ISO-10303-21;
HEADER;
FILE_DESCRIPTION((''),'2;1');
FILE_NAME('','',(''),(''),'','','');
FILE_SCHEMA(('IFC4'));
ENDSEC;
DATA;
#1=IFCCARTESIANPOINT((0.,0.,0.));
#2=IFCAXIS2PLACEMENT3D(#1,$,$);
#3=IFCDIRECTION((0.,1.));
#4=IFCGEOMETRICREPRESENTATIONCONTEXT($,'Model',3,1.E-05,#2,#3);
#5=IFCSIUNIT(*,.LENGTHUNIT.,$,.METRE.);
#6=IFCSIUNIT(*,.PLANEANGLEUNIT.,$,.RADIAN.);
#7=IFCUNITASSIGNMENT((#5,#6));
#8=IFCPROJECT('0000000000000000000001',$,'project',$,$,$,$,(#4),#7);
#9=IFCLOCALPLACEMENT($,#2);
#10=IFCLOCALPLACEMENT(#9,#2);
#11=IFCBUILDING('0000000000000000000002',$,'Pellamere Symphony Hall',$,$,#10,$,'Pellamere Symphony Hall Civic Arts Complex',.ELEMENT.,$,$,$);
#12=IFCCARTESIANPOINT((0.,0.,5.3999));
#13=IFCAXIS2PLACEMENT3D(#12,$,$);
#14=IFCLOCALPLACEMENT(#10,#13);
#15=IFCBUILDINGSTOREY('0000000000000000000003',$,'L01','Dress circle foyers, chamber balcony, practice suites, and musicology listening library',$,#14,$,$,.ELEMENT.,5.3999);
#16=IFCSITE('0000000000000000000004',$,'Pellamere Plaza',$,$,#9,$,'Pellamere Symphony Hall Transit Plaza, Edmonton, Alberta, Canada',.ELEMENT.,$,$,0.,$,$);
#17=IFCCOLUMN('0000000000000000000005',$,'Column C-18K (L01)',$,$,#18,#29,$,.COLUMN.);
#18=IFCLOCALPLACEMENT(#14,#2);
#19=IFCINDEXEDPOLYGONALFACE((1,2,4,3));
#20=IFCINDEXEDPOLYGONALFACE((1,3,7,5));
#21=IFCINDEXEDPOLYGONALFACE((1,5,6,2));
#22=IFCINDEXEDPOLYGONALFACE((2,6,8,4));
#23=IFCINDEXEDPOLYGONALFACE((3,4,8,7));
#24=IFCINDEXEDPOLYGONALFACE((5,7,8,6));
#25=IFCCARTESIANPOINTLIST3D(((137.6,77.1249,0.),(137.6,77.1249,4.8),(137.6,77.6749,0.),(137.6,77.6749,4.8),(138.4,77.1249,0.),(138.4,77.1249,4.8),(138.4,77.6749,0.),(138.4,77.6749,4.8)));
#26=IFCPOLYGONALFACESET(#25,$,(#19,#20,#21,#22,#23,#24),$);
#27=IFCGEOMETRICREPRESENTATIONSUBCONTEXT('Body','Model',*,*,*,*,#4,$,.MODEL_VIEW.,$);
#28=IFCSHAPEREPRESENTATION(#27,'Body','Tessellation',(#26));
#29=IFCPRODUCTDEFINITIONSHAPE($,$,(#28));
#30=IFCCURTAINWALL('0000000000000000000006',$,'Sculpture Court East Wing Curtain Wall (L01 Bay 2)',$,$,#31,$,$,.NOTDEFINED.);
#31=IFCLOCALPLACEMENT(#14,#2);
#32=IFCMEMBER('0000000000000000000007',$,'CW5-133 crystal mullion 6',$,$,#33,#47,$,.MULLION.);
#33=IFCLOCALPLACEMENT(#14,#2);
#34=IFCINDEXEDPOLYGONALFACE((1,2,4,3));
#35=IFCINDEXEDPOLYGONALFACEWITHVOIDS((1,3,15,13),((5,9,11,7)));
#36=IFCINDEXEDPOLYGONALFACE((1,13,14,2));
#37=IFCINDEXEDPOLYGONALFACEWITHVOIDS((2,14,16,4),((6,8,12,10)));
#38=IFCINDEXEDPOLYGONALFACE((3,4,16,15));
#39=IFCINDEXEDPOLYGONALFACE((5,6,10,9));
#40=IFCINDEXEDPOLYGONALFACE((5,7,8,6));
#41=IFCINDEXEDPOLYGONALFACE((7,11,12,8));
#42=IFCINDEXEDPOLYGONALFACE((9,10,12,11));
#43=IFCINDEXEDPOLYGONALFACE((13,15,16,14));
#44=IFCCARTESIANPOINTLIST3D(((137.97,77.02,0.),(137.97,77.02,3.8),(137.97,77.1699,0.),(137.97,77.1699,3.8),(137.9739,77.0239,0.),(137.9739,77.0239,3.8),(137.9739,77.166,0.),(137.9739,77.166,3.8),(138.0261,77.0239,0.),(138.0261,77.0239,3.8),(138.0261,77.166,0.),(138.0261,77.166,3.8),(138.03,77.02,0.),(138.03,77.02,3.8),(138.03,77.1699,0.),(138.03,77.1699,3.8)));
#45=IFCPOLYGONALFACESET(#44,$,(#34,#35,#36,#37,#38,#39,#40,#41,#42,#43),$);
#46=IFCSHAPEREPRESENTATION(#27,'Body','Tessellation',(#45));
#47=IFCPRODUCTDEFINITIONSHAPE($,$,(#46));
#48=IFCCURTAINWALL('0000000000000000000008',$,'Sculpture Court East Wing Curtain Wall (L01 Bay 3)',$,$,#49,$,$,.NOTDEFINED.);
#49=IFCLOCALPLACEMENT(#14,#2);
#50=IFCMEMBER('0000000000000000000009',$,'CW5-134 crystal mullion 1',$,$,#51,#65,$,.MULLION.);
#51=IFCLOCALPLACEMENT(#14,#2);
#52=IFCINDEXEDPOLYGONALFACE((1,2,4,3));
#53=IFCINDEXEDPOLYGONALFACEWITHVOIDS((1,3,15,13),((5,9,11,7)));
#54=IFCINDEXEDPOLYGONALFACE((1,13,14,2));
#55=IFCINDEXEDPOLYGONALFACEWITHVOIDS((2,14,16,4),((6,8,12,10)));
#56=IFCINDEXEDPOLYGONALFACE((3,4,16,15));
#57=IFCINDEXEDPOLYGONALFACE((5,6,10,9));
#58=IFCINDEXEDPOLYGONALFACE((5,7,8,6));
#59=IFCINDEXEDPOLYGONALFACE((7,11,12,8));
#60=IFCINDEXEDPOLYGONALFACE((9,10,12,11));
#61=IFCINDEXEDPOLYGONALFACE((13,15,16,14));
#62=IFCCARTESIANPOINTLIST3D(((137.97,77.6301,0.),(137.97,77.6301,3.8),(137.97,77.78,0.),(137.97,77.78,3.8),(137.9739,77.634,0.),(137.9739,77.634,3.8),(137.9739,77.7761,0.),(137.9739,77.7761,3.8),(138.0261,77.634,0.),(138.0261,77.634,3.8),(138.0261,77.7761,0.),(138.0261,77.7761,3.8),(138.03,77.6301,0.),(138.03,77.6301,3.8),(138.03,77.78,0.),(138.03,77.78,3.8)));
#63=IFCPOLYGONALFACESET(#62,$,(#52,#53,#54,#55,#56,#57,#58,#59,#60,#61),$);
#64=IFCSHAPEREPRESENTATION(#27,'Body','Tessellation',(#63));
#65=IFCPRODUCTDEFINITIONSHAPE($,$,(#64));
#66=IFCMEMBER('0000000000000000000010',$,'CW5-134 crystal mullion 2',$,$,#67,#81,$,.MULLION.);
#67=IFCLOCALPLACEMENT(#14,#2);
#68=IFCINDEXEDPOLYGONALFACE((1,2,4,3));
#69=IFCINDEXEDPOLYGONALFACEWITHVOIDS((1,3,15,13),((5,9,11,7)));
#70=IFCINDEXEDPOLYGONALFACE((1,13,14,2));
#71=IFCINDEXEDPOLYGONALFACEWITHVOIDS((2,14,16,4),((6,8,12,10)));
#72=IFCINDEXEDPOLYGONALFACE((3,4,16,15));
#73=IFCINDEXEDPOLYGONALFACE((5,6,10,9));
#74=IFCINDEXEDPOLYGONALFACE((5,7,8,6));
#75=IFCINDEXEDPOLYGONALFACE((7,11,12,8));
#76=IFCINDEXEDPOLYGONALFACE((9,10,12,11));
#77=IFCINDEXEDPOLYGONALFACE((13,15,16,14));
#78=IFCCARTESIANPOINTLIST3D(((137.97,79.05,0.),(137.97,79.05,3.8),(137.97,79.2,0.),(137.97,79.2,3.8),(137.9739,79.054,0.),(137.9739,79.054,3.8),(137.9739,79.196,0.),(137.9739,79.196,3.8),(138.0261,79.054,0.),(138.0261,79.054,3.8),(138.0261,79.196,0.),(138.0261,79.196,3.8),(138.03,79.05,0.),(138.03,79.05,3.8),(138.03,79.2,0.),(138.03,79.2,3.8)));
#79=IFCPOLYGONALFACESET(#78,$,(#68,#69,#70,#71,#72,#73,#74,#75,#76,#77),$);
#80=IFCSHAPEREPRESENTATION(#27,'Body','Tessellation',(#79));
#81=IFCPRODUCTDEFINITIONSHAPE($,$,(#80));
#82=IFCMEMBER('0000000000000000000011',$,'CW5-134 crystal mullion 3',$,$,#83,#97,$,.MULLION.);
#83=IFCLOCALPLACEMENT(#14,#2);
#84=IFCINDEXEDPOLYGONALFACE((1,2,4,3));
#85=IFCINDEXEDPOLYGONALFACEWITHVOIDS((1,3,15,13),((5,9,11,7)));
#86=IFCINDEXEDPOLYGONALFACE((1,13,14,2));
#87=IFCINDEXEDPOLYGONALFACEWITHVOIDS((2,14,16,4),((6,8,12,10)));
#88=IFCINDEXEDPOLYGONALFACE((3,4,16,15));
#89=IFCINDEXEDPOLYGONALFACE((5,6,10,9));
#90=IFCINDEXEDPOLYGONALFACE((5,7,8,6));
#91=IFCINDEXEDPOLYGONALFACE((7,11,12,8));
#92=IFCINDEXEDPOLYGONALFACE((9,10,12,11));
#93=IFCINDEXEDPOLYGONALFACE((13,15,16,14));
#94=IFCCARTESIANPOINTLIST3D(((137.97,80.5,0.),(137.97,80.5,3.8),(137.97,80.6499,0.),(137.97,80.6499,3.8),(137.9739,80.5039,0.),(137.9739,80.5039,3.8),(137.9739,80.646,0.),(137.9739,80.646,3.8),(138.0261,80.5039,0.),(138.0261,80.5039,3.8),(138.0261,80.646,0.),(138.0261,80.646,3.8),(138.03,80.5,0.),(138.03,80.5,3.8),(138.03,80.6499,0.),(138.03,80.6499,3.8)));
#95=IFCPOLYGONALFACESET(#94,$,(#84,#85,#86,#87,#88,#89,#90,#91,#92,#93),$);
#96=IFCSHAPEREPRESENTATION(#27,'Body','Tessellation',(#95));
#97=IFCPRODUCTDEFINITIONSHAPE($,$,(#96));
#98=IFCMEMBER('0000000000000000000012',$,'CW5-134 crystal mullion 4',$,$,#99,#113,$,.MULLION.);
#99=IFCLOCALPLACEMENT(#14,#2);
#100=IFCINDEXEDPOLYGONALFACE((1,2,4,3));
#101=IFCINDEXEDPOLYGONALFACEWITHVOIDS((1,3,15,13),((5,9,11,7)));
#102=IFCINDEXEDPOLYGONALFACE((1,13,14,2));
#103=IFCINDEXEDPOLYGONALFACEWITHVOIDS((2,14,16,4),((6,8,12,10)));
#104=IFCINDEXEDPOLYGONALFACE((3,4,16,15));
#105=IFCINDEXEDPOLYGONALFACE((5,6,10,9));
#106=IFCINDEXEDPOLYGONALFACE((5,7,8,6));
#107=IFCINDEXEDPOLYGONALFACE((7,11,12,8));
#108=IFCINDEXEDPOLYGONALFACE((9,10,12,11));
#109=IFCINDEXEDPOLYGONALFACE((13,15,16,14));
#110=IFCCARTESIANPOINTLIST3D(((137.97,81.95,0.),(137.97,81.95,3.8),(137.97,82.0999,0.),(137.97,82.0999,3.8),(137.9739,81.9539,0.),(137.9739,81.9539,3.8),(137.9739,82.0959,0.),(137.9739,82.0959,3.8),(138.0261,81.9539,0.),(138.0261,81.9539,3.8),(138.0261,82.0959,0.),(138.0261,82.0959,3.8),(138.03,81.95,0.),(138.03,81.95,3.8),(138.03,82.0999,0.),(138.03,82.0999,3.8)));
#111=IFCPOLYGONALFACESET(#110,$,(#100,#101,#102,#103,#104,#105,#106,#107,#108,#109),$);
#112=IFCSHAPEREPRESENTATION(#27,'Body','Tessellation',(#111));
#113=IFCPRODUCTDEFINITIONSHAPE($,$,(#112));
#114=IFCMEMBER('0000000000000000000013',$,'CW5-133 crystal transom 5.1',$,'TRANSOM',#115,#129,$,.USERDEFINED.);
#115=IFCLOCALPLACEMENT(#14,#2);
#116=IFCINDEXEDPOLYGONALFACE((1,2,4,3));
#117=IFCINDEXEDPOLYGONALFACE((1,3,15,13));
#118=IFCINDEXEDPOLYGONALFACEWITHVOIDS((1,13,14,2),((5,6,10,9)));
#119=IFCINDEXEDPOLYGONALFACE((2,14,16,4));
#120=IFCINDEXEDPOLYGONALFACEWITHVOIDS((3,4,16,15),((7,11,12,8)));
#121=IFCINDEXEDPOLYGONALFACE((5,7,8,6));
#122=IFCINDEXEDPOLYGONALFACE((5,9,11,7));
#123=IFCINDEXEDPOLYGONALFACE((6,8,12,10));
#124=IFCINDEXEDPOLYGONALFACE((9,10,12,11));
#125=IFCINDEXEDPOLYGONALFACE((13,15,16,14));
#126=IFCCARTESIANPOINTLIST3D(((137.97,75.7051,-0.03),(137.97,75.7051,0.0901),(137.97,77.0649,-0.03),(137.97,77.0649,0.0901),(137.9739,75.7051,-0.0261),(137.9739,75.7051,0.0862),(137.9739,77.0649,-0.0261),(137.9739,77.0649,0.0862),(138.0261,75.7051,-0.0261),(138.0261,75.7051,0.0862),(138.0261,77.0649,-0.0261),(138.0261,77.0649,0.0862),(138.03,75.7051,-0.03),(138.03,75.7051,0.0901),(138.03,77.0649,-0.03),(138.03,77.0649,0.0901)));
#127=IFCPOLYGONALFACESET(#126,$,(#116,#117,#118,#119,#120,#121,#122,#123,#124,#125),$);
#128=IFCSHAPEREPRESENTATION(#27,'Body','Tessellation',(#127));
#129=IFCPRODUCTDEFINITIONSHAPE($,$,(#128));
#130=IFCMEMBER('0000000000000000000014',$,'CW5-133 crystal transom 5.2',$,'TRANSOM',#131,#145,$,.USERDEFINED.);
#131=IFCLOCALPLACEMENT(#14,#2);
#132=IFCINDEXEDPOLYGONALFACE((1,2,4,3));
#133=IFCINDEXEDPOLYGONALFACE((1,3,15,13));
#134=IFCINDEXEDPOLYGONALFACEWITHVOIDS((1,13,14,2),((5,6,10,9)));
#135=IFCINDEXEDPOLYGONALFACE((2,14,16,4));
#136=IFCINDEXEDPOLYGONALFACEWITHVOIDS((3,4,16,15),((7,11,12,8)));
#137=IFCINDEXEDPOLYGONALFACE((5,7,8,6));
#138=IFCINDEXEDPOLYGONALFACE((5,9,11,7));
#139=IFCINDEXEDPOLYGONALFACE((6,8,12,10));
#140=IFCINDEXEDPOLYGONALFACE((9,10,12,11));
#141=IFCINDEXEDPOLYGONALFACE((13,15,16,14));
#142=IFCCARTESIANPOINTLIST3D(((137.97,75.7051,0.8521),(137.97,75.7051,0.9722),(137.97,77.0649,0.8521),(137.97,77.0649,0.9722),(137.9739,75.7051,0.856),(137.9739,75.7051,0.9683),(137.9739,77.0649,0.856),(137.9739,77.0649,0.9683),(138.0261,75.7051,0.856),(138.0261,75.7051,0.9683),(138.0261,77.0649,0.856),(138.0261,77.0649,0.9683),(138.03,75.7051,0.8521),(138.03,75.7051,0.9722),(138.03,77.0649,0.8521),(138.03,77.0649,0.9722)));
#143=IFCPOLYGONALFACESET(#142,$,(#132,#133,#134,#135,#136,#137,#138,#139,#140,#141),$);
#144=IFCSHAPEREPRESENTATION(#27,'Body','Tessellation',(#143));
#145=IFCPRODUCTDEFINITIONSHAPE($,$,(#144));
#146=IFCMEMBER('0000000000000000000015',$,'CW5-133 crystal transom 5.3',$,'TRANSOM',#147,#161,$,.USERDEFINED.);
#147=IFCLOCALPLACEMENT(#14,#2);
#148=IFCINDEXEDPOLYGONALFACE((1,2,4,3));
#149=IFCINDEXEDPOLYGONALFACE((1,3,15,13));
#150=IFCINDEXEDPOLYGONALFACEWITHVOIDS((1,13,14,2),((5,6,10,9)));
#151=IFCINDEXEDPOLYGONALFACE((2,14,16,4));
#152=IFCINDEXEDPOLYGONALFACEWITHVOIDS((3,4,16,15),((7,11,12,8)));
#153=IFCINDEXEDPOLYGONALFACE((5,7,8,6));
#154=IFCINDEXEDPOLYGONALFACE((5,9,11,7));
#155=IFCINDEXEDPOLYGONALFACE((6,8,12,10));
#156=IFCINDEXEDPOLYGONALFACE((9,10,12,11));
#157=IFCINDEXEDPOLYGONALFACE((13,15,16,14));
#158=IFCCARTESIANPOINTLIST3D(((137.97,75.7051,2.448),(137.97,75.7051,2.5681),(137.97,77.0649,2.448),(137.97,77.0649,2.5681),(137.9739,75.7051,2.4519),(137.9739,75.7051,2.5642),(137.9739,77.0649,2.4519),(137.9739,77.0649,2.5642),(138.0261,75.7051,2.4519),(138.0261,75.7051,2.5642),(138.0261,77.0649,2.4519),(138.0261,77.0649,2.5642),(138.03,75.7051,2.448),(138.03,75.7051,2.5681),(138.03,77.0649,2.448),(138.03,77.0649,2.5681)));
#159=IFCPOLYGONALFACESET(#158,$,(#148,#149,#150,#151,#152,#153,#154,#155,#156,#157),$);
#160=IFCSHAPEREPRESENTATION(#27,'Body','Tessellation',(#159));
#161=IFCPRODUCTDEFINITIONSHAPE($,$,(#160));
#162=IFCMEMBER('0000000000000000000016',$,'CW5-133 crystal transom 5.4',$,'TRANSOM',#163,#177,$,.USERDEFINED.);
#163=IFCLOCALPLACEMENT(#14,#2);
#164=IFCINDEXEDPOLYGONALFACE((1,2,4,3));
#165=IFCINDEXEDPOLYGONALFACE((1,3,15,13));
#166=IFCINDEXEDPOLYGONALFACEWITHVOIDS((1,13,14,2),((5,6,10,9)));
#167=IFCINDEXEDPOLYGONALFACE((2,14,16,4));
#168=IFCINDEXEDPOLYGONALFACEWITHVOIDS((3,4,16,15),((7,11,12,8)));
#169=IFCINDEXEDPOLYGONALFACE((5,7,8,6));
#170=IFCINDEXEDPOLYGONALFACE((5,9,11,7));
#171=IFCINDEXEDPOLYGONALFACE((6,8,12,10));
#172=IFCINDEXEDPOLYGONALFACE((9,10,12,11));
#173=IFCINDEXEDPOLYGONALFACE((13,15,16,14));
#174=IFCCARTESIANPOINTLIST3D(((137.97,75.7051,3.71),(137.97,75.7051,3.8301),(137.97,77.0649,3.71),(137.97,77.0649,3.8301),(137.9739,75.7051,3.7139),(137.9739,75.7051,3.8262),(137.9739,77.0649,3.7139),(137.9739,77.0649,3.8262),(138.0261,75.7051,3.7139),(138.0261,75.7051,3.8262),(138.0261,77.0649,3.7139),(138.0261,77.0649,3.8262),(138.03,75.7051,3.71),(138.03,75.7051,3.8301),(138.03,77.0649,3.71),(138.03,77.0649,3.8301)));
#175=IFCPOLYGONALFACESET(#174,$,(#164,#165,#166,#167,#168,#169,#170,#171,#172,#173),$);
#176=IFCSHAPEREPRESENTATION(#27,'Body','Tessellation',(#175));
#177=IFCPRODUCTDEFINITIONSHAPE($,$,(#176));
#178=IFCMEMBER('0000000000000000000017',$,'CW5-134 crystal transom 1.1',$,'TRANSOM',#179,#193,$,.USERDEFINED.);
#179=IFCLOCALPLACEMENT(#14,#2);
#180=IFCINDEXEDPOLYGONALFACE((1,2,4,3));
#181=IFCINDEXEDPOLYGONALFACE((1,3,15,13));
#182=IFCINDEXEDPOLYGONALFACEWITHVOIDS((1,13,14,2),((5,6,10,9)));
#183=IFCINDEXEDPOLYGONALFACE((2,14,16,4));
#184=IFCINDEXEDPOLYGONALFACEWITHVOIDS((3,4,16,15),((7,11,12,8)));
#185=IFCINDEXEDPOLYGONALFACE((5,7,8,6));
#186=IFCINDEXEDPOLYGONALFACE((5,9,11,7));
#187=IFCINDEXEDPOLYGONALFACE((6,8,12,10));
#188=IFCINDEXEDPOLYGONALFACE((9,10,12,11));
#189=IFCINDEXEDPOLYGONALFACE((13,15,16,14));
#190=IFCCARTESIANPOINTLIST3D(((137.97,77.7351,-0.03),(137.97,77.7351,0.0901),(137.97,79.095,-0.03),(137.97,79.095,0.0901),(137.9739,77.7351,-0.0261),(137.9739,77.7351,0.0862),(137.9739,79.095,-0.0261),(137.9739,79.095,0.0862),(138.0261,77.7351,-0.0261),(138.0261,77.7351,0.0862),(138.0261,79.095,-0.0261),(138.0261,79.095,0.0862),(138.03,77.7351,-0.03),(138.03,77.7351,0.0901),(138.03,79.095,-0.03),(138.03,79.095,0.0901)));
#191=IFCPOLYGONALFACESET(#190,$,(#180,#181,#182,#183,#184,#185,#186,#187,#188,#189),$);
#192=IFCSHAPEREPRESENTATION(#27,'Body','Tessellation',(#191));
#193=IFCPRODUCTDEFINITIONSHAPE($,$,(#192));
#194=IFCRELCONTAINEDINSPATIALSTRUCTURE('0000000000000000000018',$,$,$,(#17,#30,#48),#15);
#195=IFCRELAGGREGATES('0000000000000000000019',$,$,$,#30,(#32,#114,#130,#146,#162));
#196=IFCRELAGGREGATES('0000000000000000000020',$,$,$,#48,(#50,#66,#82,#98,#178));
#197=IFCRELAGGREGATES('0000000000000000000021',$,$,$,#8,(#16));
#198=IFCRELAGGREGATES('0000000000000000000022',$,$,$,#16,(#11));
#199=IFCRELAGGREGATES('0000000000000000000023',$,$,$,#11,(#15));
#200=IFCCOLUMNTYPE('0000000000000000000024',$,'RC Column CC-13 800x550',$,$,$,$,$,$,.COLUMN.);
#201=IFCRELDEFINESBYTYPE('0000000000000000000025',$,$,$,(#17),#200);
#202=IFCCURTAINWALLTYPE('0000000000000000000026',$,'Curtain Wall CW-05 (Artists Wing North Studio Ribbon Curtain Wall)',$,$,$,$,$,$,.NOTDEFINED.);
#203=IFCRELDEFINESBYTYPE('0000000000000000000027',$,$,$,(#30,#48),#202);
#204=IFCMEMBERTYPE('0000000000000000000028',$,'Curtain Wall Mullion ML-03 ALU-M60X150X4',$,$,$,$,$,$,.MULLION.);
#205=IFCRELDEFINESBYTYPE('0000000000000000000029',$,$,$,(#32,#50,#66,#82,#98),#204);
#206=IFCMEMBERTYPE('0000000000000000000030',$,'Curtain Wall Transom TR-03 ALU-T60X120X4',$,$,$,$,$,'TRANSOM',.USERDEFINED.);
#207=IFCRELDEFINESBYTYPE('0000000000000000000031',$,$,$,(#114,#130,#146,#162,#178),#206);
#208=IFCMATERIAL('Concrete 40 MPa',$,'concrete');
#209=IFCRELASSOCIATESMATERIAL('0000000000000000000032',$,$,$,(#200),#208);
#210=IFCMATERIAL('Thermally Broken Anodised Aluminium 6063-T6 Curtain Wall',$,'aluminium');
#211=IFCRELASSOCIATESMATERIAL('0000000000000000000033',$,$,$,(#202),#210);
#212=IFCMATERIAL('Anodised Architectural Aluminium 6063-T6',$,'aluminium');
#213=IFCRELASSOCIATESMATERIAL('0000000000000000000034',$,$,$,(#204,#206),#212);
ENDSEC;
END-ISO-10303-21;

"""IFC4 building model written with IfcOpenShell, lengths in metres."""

from ifc_helpers import new_model, si_unit, direction, frame, origin, origin_2d, place, context, subcontext, project, spatial, rectangle, hollow_rectangle, extrude, material, material_profile, profile_set, type_object, element, aggregate, save


model = new_model("IFC4")

# Units and contexts
model_context = context("Model", 3, precision=1e-05, world=origin(), true_north=direction((0.0, 1.0)))
body_context = subcontext(model_context, "Body", "Model", "MODEL_VIEW")
ifc_project = project(units=[si_unit("LENGTHUNIT", "METRE"), si_unit("PLANEANGLEUNIT", "RADIAN")], contexts=[model_context])

# Site, building, storey
site_placement = place(None, origin())
site = spatial("IfcSite", under=ifc_project, at=site_placement, Name="Pellamere Plaza", LongName="Pellamere Symphony Hall Transit Plaza, Edmonton, Alberta, Canada", CompositionType="ELEMENT", RefElevation=0.0)
building_placement = place(site_placement, origin())
building = spatial("IfcBuilding", under=site, at=building_placement, Name="Pellamere Symphony Hall", LongName="Pellamere Symphony Hall Civic Arts Complex", CompositionType="ELEMENT")
storey_placement = place(building_placement, frame((0.0, 0.0, 5.3999)))
storey = spatial("IfcBuildingStorey", under=building, at=storey_placement, Name="L01", Description="Dress circle foyers, chamber balcony, practice suites, and musicology listening library", CompositionType="ELEMENT", Elevation=5.3999)

# Column
ifc_material_1 = material(Name="Concrete 40 MPa", Category="concrete")
ifc_material_profile_1 = material_profile(ifc_material_1, rectangle(XDim=0.8, YDim=0.55, at=origin_2d()), Name="RC 800x550")
ifc_profile_set_1 = profile_set([ifc_material_profile_1], Name="Concrete 40 MPa")
column_type = type_object("IfcColumnType", Name="RC Column CC-13 800x550", PredefinedType="COLUMN", material=ifc_profile_set_1)
column_placement = place(storey_placement, frame((138.0, 77.3999, 0.0), z_axis=(0.0, 0.0, 1.0), x_axis=(1.0, 0.0, 0.0)))
element("IfcColumn", 1, at=column_placement, inside=storey, type_object=column_type, Name="Column C-18K (L01)", PredefinedType="COLUMN", context=body_context, shape_type="SweptSolid", body=[
    extrude(rectangle(XDim=0.8, YDim=0.55, at=origin_2d()), origin(), (0.0, 0.0, 1.0), 4.8),
])

# Curtain wall, member
ifc_material_2 = material(Name="Thermally Broken Anodised Aluminium 6063-T6 Curtain Wall", Category="aluminium")
curtain_wall_type = type_object("IfcCurtainWallType", Name="Curtain Wall CW-05 (Artists Wing North Studio Ribbon Curtain Wall)", PredefinedType="NOTDEFINED", material=ifc_material_2)
curtain_wall_1_placement = place(storey_placement, origin())
curtain_wall_1 = element("IfcCurtainWall", 2, at=curtain_wall_1_placement, inside=storey, type_object=curtain_wall_type, Name="Sculpture Court East Wing Curtain Wall (L01 Bay 2)", PredefinedType="NOTDEFINED")
ifc_material_3 = material(Name="Anodised Architectural Aluminium 6063-T6", Category="aluminium")
ifc_material_profile_2 = material_profile(ifc_material_3, hollow_rectangle(XDim=0.0601, YDim=0.1499, WallThickness=0.0039, at=origin_2d()), Name="ALU-M60X150X4")
ifc_profile_set_2 = profile_set([ifc_material_profile_2], Name="Anodised Architectural Aluminium 6063-T6")
member_type_1 = type_object("IfcMemberType", Name="Curtain Wall Mullion ML-03 ALU-M60X150X4", PredefinedType="MULLION", material=ifc_profile_set_2)
member_1_placement = place(storey_placement, frame((138.0, 77.095, 0.0), z_axis=(0.0, 0.0, 1.0), x_axis=(-1.0, 0.0, 0.0)))
member_1 = element("IfcMember", 3, at=member_1_placement, type_object=member_type_1, Name="CW5-133 crystal mullion 6", PredefinedType="MULLION", context=body_context, shape_type="SweptSolid", body=[
    extrude(hollow_rectangle(XDim=0.0601, YDim=0.1499, WallThickness=0.0039, at=origin_2d()), origin(), (0.0, 0.0, 1.0), 3.8),
])

# Curtain wall, members
curtain_wall_2_placement = place(storey_placement, origin())
curtain_wall_2 = element("IfcCurtainWall", 4, at=curtain_wall_2_placement, inside=storey, type_object=curtain_wall_type, Name="Sculpture Court East Wing Curtain Wall (L01 Bay 3)", PredefinedType="NOTDEFINED")
member_2_placement = place(storey_placement, frame((138.0, 77.7051, 0.0), z_axis=(0.0, 0.0, 1.0), x_axis=(-1.0, 0.0, 0.0)))
member_2 = element("IfcMember", 5, at=member_2_placement, type_object=member_type_1, Name="CW5-134 crystal mullion 1", PredefinedType="MULLION", context=body_context, shape_type="SweptSolid", body=[
    extrude(hollow_rectangle(XDim=0.0601, YDim=0.1499, WallThickness=0.0039, at=origin_2d()), origin(), (0.0, 0.0, 1.0), 3.8),
])
member_3_placement = place(storey_placement, frame((138.0, 79.125, 0.0), z_axis=(0.0, 0.0, 1.0), x_axis=(-1.0, 0.0, 0.0)))
member_3 = element("IfcMember", 6, at=member_3_placement, type_object=member_type_1, Name="CW5-134 crystal mullion 2", PredefinedType="MULLION", context=body_context, shape_type="SweptSolid", body=[
    extrude(hollow_rectangle(XDim=0.0601, YDim=0.1499, WallThickness=0.0039, at=origin_2d()), origin(), (0.0, 0.0, 1.0), 3.8),
])
member_4_placement = place(storey_placement, frame((138.0, 80.575, 0.0), z_axis=(0.0, 0.0, 1.0), x_axis=(-1.0, 0.0, 0.0)))
member_4 = element("IfcMember", 7, at=member_4_placement, type_object=member_type_1, Name="CW5-134 crystal mullion 3", PredefinedType="MULLION", context=body_context, shape_type="SweptSolid", body=[
    extrude(hollow_rectangle(XDim=0.0601, YDim=0.1499, WallThickness=0.0039, at=origin_2d()), origin(), (0.0, 0.0, 1.0), 3.8),
])
member_5_placement = place(storey_placement, frame((138.0, 82.0249, 0.0), z_axis=(0.0, 0.0, 1.0), x_axis=(-1.0, 0.0, 0.0)))
member_5 = element("IfcMember", 8, at=member_5_placement, type_object=member_type_1, Name="CW5-134 crystal mullion 4", PredefinedType="MULLION", context=body_context, shape_type="SweptSolid", body=[
    extrude(hollow_rectangle(XDim=0.0601, YDim=0.1499, WallThickness=0.0039, at=origin_2d()), origin(), (0.0, 0.0, 1.0), 3.8),
])

# Members
ifc_material_profile_3 = material_profile(ifc_material_3, hollow_rectangle(XDim=0.0601, YDim=0.1201, WallThickness=0.0039, at=origin_2d()), Name="ALU-T60X120X4")
ifc_profile_set_3 = profile_set([ifc_material_profile_3], Name="Anodised Architectural Aluminium 6063-T6")
member_type_2 = type_object("IfcMemberType", Name="Curtain Wall Transom TR-03 ALU-T60X120X4", ElementType="TRANSOM", PredefinedType="USERDEFINED", material=ifc_profile_set_3)
member_6_placement = place(storey_placement, frame((138.0, 75.7051, 0.03), z_axis=(0.0, 1.0, 0.0), x_axis=(-1.0, 0.0, 0.0)))
member_6 = element("IfcMember", 9, at=member_6_placement, type_object=member_type_2, Name="CW5-133 crystal transom 5.1", ObjectType="TRANSOM", PredefinedType="USERDEFINED", context=body_context, shape_type="SweptSolid", body=[
    extrude(hollow_rectangle(XDim=0.0601, YDim=0.1201, WallThickness=0.0039, at=origin_2d()), origin(), (0.0, 0.0, 1.0), 1.3599),
])
member_7_placement = place(storey_placement, frame((138.0, 75.7051, 0.9121), z_axis=(0.0, 1.0, 0.0), x_axis=(-1.0, 0.0, 0.0)))
member_7 = element("IfcMember", 10, at=member_7_placement, type_object=member_type_2, Name="CW5-133 crystal transom 5.2", ObjectType="TRANSOM", PredefinedType="USERDEFINED", context=body_context, shape_type="SweptSolid", body=[
    extrude(hollow_rectangle(XDim=0.0601, YDim=0.1201, WallThickness=0.0039, at=origin_2d()), origin(), (0.0, 0.0, 1.0), 1.3599),
])
member_8_placement = place(storey_placement, frame((138.0, 75.7051, 2.5081), z_axis=(0.0, 1.0, 0.0), x_axis=(-1.0, 0.0, 0.0)))
member_8 = element("IfcMember", 11, at=member_8_placement, type_object=member_type_2, Name="CW5-133 crystal transom 5.3", ObjectType="TRANSOM", PredefinedType="USERDEFINED", context=body_context, shape_type="SweptSolid", body=[
    extrude(hollow_rectangle(XDim=0.0601, YDim=0.1201, WallThickness=0.0039, at=origin_2d()), origin(), (0.0, 0.0, 1.0), 1.3599),
])
member_9_placement = place(storey_placement, frame((138.0, 75.7051, 3.77), z_axis=(0.0, 1.0, 0.0), x_axis=(-1.0, 0.0, 0.0)))
member_9 = element("IfcMember", 12, at=member_9_placement, type_object=member_type_2, Name="CW5-133 crystal transom 5.4", ObjectType="TRANSOM", PredefinedType="USERDEFINED", context=body_context, shape_type="SweptSolid", body=[
    extrude(hollow_rectangle(XDim=0.0601, YDim=0.1201, WallThickness=0.0039, at=origin_2d()), origin(), (0.0, 0.0, 1.0), 1.3599),
])
member_10_placement = place(storey_placement, frame((138.0, 77.7351, 0.03), z_axis=(0.0, 1.0, 0.0), x_axis=(-1.0, 0.0, 0.0)))
member_10 = element("IfcMember", 13, at=member_10_placement, type_object=member_type_2, Name="CW5-134 crystal transom 1.1", ObjectType="TRANSOM", PredefinedType="USERDEFINED", context=body_context, shape_type="SweptSolid", body=[
    extrude(hollow_rectangle(XDim=0.0601, YDim=0.1201, WallThickness=0.0039, at=origin_2d()), origin(), (0.0, 0.0, 1.0), 1.3599),
])

aggregate(curtain_wall_1, [member_1, member_6, member_7, member_8, member_9])
aggregate(curtain_wall_2, [member_2, member_3, member_4, member_5, member_10])

save(model, "model.ifc")
